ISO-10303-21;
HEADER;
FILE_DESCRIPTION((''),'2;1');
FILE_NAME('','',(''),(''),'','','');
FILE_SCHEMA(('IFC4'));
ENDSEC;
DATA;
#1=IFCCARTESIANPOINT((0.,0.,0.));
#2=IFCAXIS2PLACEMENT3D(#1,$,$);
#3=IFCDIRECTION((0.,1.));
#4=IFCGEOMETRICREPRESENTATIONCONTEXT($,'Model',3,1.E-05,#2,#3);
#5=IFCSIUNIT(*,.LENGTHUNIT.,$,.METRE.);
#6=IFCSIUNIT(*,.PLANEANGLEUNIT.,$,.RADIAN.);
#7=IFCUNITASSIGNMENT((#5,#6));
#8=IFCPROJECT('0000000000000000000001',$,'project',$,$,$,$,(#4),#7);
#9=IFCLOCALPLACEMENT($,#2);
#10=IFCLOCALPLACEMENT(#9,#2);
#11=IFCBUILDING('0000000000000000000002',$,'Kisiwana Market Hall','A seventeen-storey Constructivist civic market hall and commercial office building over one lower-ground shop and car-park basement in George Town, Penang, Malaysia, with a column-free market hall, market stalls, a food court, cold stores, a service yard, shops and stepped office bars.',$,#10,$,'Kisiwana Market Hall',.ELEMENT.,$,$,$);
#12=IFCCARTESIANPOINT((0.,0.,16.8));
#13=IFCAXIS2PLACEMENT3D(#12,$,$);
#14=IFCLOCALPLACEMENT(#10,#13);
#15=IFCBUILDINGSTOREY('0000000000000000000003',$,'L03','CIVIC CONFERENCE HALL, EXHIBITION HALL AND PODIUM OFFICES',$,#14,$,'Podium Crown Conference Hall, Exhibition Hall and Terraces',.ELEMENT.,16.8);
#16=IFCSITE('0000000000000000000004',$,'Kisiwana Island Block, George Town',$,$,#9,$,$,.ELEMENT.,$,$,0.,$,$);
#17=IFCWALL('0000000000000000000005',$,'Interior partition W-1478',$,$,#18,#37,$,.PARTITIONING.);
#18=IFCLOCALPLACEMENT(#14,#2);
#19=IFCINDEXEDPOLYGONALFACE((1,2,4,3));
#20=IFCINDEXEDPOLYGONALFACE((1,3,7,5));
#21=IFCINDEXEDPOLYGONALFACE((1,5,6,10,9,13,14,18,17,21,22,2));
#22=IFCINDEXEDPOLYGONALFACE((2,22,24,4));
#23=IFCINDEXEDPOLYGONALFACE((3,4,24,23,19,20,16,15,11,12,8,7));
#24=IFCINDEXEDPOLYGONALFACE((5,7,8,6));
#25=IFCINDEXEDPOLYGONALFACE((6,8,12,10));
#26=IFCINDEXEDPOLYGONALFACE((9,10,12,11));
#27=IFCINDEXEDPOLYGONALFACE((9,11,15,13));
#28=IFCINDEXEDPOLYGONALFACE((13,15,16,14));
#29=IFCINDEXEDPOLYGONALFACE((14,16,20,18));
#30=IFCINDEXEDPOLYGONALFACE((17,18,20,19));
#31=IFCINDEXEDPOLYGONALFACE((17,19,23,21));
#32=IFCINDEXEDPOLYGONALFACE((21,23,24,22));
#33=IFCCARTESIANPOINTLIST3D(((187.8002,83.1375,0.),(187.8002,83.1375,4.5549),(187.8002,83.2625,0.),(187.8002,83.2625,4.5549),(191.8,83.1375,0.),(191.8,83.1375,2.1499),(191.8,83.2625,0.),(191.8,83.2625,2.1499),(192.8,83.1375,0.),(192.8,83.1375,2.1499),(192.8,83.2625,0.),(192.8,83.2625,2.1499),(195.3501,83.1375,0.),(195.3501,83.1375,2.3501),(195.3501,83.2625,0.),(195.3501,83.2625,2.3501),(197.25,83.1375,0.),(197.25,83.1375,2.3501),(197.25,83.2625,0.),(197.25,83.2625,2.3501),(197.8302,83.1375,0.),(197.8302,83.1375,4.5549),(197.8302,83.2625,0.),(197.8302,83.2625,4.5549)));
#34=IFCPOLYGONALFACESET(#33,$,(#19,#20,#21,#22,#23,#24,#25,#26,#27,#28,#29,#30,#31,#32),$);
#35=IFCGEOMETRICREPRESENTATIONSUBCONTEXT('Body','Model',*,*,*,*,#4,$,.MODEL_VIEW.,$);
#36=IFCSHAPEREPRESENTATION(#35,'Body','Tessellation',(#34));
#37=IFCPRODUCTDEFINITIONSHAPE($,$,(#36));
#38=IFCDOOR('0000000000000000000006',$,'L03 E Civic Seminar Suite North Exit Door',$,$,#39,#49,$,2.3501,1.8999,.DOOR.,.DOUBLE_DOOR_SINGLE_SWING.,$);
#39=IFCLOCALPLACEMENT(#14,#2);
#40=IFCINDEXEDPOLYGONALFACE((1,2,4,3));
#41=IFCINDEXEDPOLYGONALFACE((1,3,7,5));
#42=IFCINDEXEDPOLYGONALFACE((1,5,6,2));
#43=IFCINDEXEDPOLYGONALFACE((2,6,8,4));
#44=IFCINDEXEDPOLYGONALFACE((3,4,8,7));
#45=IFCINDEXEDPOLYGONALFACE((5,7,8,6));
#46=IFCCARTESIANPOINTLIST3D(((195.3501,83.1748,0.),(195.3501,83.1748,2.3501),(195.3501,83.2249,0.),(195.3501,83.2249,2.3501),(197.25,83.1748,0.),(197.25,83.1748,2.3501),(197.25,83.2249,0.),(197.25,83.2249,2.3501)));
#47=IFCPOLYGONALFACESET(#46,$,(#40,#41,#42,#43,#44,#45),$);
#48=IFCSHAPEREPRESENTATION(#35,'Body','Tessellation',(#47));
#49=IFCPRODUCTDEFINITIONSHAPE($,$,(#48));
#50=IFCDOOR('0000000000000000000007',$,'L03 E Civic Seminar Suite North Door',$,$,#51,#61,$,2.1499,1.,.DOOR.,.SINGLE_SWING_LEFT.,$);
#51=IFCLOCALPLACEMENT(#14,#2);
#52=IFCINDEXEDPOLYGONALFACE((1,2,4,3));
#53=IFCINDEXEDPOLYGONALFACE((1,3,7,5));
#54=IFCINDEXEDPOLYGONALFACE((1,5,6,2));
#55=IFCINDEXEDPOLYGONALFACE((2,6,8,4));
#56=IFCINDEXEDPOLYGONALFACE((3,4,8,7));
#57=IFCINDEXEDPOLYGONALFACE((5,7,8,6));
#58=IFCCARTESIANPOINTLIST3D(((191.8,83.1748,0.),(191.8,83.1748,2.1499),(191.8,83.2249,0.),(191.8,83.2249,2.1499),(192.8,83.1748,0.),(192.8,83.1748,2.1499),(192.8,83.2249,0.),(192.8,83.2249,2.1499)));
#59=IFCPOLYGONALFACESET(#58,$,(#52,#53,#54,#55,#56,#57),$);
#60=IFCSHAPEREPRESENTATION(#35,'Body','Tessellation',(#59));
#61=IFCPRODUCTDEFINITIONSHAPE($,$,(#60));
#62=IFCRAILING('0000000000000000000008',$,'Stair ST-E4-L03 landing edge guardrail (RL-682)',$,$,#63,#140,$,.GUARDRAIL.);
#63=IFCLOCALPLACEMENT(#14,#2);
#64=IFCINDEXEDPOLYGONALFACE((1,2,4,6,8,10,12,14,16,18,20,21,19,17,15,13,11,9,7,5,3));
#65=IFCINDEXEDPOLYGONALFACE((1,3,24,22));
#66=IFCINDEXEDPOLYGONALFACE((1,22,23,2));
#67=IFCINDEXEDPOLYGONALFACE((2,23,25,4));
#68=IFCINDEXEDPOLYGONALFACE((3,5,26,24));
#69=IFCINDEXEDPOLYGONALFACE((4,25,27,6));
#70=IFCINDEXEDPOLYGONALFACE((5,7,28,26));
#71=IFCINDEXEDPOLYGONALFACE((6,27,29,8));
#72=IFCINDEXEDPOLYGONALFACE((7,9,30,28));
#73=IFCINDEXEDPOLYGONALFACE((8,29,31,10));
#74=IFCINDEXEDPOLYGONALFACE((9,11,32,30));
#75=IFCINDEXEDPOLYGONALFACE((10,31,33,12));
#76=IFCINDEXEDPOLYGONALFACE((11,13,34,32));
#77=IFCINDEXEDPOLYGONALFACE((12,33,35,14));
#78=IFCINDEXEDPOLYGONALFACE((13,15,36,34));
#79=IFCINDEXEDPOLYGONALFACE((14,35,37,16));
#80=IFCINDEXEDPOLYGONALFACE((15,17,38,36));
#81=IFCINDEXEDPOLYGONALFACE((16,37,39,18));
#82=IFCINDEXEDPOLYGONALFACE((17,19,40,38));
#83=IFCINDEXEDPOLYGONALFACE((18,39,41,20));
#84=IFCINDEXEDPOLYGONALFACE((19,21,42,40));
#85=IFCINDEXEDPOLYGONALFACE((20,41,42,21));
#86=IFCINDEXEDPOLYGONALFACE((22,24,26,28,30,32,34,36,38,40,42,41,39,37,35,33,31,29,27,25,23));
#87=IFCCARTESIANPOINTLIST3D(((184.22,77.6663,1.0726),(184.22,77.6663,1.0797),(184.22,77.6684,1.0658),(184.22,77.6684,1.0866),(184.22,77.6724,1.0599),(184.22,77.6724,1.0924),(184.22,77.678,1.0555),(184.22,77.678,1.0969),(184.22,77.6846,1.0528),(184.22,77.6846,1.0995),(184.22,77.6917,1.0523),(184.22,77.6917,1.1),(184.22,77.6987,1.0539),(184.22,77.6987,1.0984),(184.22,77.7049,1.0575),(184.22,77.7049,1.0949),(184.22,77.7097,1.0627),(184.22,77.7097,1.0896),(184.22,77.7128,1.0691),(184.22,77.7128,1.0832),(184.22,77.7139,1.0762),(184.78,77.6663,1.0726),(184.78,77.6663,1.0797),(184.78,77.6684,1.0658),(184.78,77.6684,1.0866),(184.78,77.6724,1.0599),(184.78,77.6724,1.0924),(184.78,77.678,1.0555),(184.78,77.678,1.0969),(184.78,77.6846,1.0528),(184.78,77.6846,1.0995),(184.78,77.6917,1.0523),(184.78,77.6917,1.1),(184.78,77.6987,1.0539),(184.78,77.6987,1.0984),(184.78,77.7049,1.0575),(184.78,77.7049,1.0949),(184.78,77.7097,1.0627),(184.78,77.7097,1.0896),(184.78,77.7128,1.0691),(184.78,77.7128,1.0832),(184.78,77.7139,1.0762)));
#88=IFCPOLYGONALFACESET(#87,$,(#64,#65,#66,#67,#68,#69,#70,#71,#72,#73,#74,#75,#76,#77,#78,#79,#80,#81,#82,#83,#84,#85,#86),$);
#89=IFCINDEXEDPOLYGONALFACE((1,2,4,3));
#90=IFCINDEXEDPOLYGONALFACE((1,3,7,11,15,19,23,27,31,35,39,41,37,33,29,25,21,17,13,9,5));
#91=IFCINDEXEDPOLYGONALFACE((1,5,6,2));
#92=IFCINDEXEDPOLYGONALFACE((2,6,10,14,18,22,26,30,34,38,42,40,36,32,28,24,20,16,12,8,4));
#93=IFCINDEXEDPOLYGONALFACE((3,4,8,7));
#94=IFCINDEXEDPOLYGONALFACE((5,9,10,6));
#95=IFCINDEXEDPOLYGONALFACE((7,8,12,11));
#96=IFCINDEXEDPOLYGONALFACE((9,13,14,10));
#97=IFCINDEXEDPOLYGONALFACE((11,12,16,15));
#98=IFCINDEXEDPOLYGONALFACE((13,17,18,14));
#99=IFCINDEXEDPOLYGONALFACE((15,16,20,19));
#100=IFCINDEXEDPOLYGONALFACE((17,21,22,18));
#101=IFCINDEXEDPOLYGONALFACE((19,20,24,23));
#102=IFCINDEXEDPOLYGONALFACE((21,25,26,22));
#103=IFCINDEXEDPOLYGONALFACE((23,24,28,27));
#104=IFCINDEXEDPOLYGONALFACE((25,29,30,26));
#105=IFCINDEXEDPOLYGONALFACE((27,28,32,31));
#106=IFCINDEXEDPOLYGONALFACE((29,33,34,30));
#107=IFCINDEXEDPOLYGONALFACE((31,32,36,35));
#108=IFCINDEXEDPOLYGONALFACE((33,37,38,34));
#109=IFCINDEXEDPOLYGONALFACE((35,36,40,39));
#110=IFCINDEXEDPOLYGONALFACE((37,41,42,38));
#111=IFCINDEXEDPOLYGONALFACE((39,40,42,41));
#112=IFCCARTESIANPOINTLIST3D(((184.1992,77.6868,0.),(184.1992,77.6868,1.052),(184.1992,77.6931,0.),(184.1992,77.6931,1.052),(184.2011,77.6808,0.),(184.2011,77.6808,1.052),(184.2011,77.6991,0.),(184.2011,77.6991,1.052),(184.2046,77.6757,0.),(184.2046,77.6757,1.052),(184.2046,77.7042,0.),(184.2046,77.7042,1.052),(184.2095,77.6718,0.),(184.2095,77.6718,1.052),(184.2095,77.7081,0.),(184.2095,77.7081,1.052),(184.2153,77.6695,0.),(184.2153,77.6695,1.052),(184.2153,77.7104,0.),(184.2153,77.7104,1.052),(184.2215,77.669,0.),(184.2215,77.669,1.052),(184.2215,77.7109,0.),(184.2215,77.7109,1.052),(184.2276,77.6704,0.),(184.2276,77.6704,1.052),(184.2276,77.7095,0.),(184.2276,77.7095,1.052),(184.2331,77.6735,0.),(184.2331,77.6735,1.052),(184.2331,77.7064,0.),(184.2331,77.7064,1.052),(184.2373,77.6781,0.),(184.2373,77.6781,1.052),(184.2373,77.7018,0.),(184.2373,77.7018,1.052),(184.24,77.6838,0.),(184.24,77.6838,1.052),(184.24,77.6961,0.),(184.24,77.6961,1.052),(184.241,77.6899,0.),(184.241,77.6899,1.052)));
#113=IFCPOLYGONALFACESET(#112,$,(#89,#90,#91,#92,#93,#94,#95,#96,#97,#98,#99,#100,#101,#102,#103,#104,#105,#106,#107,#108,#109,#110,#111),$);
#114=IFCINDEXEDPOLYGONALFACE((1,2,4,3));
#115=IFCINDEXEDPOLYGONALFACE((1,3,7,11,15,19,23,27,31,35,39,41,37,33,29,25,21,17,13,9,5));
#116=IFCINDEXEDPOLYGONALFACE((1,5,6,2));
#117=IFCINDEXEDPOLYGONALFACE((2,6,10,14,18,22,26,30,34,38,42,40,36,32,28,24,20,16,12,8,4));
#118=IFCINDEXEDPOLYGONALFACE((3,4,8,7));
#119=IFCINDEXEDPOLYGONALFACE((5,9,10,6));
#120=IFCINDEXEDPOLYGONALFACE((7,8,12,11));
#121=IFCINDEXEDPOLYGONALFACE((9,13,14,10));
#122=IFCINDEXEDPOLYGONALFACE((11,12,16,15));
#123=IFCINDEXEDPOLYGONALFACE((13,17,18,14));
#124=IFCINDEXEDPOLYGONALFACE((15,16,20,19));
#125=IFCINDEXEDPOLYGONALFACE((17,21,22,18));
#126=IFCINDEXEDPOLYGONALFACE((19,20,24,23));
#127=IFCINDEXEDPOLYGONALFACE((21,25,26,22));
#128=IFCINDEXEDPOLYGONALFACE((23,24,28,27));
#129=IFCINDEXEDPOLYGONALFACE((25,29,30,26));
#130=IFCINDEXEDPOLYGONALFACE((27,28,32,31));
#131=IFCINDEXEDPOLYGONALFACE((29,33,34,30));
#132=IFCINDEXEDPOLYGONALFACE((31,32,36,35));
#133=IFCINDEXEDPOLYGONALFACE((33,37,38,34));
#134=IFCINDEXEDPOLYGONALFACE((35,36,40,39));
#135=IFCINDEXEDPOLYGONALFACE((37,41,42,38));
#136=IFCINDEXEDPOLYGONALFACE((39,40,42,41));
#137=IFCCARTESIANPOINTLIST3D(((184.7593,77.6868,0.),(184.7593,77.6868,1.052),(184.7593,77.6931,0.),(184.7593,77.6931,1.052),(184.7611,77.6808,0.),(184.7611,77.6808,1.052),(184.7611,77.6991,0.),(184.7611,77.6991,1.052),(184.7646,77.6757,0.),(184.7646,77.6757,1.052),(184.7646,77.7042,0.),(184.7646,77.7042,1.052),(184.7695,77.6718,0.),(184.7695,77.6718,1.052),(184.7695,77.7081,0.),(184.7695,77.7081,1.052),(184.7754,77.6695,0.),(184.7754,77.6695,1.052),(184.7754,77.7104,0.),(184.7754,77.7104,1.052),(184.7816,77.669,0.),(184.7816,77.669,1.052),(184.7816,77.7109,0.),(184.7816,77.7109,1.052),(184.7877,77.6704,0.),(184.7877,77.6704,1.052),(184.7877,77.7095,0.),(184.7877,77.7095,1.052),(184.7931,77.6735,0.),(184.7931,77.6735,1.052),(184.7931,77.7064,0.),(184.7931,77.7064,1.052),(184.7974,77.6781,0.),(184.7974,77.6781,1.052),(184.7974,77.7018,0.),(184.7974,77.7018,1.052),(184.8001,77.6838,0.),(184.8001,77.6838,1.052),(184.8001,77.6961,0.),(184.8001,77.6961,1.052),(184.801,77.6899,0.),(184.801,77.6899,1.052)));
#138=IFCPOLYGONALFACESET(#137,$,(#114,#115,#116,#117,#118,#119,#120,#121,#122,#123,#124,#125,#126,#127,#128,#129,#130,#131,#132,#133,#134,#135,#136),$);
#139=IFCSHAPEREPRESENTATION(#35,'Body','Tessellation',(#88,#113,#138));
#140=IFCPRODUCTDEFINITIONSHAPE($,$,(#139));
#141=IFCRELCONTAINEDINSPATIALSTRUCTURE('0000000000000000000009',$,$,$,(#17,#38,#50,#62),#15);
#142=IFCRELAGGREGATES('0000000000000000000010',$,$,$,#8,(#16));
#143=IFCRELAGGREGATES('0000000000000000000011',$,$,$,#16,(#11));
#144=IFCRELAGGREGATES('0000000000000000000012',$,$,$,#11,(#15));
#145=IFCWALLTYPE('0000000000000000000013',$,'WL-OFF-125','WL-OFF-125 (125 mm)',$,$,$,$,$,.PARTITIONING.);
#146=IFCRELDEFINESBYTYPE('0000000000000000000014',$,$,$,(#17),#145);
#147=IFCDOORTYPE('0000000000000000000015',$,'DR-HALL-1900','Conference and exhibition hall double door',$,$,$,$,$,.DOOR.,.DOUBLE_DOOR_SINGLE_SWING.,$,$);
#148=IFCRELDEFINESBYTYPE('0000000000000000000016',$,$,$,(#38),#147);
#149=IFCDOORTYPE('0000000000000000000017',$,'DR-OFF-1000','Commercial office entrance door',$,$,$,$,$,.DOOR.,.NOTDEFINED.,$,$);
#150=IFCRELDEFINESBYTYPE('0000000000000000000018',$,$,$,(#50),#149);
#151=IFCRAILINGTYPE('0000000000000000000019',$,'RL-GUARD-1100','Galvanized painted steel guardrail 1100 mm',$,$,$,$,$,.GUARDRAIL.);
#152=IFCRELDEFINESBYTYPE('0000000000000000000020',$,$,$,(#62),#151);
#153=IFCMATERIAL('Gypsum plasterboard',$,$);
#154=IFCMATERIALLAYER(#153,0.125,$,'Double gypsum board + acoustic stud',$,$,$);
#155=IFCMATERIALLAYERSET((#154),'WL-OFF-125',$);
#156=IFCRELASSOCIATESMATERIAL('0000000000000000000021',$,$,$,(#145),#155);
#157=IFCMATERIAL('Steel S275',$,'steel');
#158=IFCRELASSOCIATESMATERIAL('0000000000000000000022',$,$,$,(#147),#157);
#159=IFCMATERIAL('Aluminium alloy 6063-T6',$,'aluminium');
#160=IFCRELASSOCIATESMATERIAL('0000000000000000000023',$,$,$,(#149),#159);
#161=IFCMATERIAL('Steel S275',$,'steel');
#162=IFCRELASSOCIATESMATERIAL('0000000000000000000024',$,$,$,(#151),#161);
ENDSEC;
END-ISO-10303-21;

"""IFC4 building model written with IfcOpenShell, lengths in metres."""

from ifc_helpers import new_model, si_unit, direction, frame, frame_2d, origin, origin_2d, place, context, subcontext, project, spatial, rectangle, circle, extrude, material, layer, layer_set, type_object, element, fill, save


model = new_model("IFC4")

# Units and contexts
model_context = context("Model", 3, precision=1e-05, world=origin(), true_north=direction((0.0, 1.0)))
body_context = subcontext(model_context, "Body", "Model", "MODEL_VIEW")
ifc_project = project(units=[si_unit("LENGTHUNIT", "METRE"), si_unit("PLANEANGLEUNIT", "RADIAN")], contexts=[model_context])

# Site, building, storey
site_placement = place(None, origin())
site = spatial("IfcSite", under=ifc_project, at=site_placement, Name="Kisiwana Island Block, George Town", CompositionType="ELEMENT", RefElevation=0.0)
building_placement = place(site_placement, origin())
building = spatial("IfcBuilding", under=site, at=building_placement, Name="Kisiwana Market Hall", Description="A seventeen-storey Constructivist civic market hall and commercial office building over one lower-ground shop and car-park basement in George Town, Penang, Malaysia, with a column-free market hall, market stalls, a food court, cold stores, a service yard, shops and stepped office bars.", LongName="Kisiwana Market Hall", CompositionType="ELEMENT")
storey_placement = place(building_placement, frame((0.0, 0.0, 16.8)))
storey = spatial("IfcBuildingStorey", under=building, at=storey_placement, Name="L03", Description="CIVIC CONFERENCE HALL, EXHIBITION HALL AND PODIUM OFFICES", LongName="Podium Crown Conference Hall, Exhibition Hall and Terraces", CompositionType="ELEMENT", Elevation=16.8)

# Shared definitions
ifc_material_1 = material(Name="Gypsum plasterboard")
ifc_layer_1 = layer(ifc_material_1, 0.125, Name="Double gypsum board + acoustic stud")
ifc_layer_set_1 = layer_set([ifc_layer_1], Name="WL-OFF-125")
wall_type_1 = type_object("IfcWallType", Name="WL-OFF-125", Description="WL-OFF-125 (125 mm)", PredefinedType="PARTITIONING", material=ifc_layer_set_1)

# Shared definitions
ifc_material_2 = material(Name="Steel S275", Category="steel")
door_type_1 = type_object("IfcDoorType", Name="DR-HALL-1900", Description="Conference and exhibition hall double door", OperationType="DOUBLE_DOOR_SINGLE_SWING", PredefinedType="DOOR", material=ifc_material_2)

# Wall, openings, doors
wall_1_placement = place(storey_placement, frame((187.8, 83.2, 0.0), z_axis=(0.0, 0.0, 1.0), x_axis=(1.0, 0.0, 0.0)))
wall_1 = element("IfcWall", 1, at=wall_1_placement, inside=storey, type_object=wall_type_1, Name="Interior partition W-1478", PredefinedType="PARTITIONING", context=body_context, shape_type="SweptSolid", body=[
    extrude(rectangle(XDim=10.03, YDim=0.125, at=frame_2d((5.0151, 0.0))), origin(), (0.0, 0.0, 1.0), 4.5549),
])
opening_1_placement = place(wall_1_placement, frame((4.0, 0.0, 0.0)))
opening_1 = element("IfcOpeningElement", 2, at=opening_1_placement, cuts=wall_1, PredefinedType="OPENING", context=body_context, shape_type="SweptSolid", body=[
    extrude(rectangle(XDim=1.0, YDim=2.1499, at=frame_2d((0.5, 1.075))), frame((0.0, 0.0745, 0.0), z_axis=(0.0, -1.0, 0.0), x_axis=(1.0, 0.0, 0.0)), (0.0, 0.0, 1.0), 0.1489),
])
opening_2_placement = place(wall_1_placement, frame((7.55, 0.0, 0.0)))
opening_2 = element("IfcOpeningElement", 3, at=opening_2_placement, cuts=wall_1, PredefinedType="OPENING", context=body_context, shape_type="SweptSolid", body=[
    extrude(rectangle(XDim=1.8999, YDim=2.3501, at=frame_2d((0.95, 1.175))), frame((0.0, 0.0745, 0.0), z_axis=(0.0, -1.0, 0.0), x_axis=(1.0, 0.0, 0.0)), (0.0, 0.0, 1.0), 0.1489),
])
door_1_placement = place(opening_2_placement, origin())
door_1 = element("IfcDoor", 4, at=door_1_placement, inside=storey, type_object=door_type_1, Name="L03 E Civic Seminar Suite North Exit Door", OperationType="DOUBLE_DOOR_SINGLE_SWING", OverallHeight=2.3501, OverallWidth=1.8999, PredefinedType="DOOR", context=body_context, shape_type="SweptSolid", body=[
    extrude(rectangle(XDim=1.8999, YDim=2.3501, at=frame_2d((0.95, 1.175))), frame((0.0, 0.0249, 0.0), z_axis=(0.0, -1.0, 0.0), x_axis=(1.0, 0.0, 0.0)), (0.0, 0.0, 1.0), 0.05),
])
fill(opening_2, door_1)
ifc_material_3 = material(Name="Aluminium alloy 6063-T6", Category="aluminium")
door_type_2 = type_object("IfcDoorType", Name="DR-OFF-1000", Description="Commercial office entrance door", OperationType="NOTDEFINED", PredefinedType="DOOR", material=ifc_material_3)
door_2_placement = place(opening_1_placement, origin())
door_2 = element("IfcDoor", 5, at=door_2_placement, inside=storey, type_object=door_type_2, Name="L03 E Civic Seminar Suite North Door", OperationType="SINGLE_SWING_LEFT", OverallHeight=2.1499, OverallWidth=1.0, PredefinedType="DOOR", context=body_context, shape_type="SweptSolid", body=[
    extrude(rectangle(XDim=1.0, YDim=2.1499, at=frame_2d((0.5, 1.075))), frame((0.0, 0.0249, 0.0), z_axis=(0.0, -1.0, 0.0), x_axis=(1.0, 0.0, 0.0)), (0.0, 0.0, 1.0), 0.05),
])
fill(opening_1, door_2)

# Railing
ifc_material_4 = material(Name="Steel S275", Category="steel")
railing_type_1 = type_object("IfcRailingType", Name="RL-GUARD-1100", Description="Galvanized painted steel guardrail 1100 mm", PredefinedType="GUARDRAIL", material=ifc_material_4)
railing_1_placement = place(storey_placement, frame((184.22, 77.6899, 0.0)))
element("IfcRailing", 6, at=railing_1_placement, inside=storey, type_object=railing_type_1, Name="Stair ST-E4-L03 landing edge guardrail (RL-682)", PredefinedType="GUARDRAIL", context=body_context, shape_type="SweptSolid", body=[
    extrude(circle(Radius=0.0239, at=origin_2d()), frame((0.0, 0.0, 1.0762), z_axis=(1.0, 0.0, 0.0), x_axis=(0.0, 1.0, 0.0)), (0.0, 0.0, 1.0), 0.5601),
    extrude(circle(Radius=0.021, at=origin_2d()), origin(), (0.0, 0.0, 1.0), 1.052),
    extrude(circle(Radius=0.021, at=origin_2d()), frame((0.5601, 0.0, 0.0)), (0.0, 0.0, 1.0), 1.052),
])

save(model, "model.ifc")
